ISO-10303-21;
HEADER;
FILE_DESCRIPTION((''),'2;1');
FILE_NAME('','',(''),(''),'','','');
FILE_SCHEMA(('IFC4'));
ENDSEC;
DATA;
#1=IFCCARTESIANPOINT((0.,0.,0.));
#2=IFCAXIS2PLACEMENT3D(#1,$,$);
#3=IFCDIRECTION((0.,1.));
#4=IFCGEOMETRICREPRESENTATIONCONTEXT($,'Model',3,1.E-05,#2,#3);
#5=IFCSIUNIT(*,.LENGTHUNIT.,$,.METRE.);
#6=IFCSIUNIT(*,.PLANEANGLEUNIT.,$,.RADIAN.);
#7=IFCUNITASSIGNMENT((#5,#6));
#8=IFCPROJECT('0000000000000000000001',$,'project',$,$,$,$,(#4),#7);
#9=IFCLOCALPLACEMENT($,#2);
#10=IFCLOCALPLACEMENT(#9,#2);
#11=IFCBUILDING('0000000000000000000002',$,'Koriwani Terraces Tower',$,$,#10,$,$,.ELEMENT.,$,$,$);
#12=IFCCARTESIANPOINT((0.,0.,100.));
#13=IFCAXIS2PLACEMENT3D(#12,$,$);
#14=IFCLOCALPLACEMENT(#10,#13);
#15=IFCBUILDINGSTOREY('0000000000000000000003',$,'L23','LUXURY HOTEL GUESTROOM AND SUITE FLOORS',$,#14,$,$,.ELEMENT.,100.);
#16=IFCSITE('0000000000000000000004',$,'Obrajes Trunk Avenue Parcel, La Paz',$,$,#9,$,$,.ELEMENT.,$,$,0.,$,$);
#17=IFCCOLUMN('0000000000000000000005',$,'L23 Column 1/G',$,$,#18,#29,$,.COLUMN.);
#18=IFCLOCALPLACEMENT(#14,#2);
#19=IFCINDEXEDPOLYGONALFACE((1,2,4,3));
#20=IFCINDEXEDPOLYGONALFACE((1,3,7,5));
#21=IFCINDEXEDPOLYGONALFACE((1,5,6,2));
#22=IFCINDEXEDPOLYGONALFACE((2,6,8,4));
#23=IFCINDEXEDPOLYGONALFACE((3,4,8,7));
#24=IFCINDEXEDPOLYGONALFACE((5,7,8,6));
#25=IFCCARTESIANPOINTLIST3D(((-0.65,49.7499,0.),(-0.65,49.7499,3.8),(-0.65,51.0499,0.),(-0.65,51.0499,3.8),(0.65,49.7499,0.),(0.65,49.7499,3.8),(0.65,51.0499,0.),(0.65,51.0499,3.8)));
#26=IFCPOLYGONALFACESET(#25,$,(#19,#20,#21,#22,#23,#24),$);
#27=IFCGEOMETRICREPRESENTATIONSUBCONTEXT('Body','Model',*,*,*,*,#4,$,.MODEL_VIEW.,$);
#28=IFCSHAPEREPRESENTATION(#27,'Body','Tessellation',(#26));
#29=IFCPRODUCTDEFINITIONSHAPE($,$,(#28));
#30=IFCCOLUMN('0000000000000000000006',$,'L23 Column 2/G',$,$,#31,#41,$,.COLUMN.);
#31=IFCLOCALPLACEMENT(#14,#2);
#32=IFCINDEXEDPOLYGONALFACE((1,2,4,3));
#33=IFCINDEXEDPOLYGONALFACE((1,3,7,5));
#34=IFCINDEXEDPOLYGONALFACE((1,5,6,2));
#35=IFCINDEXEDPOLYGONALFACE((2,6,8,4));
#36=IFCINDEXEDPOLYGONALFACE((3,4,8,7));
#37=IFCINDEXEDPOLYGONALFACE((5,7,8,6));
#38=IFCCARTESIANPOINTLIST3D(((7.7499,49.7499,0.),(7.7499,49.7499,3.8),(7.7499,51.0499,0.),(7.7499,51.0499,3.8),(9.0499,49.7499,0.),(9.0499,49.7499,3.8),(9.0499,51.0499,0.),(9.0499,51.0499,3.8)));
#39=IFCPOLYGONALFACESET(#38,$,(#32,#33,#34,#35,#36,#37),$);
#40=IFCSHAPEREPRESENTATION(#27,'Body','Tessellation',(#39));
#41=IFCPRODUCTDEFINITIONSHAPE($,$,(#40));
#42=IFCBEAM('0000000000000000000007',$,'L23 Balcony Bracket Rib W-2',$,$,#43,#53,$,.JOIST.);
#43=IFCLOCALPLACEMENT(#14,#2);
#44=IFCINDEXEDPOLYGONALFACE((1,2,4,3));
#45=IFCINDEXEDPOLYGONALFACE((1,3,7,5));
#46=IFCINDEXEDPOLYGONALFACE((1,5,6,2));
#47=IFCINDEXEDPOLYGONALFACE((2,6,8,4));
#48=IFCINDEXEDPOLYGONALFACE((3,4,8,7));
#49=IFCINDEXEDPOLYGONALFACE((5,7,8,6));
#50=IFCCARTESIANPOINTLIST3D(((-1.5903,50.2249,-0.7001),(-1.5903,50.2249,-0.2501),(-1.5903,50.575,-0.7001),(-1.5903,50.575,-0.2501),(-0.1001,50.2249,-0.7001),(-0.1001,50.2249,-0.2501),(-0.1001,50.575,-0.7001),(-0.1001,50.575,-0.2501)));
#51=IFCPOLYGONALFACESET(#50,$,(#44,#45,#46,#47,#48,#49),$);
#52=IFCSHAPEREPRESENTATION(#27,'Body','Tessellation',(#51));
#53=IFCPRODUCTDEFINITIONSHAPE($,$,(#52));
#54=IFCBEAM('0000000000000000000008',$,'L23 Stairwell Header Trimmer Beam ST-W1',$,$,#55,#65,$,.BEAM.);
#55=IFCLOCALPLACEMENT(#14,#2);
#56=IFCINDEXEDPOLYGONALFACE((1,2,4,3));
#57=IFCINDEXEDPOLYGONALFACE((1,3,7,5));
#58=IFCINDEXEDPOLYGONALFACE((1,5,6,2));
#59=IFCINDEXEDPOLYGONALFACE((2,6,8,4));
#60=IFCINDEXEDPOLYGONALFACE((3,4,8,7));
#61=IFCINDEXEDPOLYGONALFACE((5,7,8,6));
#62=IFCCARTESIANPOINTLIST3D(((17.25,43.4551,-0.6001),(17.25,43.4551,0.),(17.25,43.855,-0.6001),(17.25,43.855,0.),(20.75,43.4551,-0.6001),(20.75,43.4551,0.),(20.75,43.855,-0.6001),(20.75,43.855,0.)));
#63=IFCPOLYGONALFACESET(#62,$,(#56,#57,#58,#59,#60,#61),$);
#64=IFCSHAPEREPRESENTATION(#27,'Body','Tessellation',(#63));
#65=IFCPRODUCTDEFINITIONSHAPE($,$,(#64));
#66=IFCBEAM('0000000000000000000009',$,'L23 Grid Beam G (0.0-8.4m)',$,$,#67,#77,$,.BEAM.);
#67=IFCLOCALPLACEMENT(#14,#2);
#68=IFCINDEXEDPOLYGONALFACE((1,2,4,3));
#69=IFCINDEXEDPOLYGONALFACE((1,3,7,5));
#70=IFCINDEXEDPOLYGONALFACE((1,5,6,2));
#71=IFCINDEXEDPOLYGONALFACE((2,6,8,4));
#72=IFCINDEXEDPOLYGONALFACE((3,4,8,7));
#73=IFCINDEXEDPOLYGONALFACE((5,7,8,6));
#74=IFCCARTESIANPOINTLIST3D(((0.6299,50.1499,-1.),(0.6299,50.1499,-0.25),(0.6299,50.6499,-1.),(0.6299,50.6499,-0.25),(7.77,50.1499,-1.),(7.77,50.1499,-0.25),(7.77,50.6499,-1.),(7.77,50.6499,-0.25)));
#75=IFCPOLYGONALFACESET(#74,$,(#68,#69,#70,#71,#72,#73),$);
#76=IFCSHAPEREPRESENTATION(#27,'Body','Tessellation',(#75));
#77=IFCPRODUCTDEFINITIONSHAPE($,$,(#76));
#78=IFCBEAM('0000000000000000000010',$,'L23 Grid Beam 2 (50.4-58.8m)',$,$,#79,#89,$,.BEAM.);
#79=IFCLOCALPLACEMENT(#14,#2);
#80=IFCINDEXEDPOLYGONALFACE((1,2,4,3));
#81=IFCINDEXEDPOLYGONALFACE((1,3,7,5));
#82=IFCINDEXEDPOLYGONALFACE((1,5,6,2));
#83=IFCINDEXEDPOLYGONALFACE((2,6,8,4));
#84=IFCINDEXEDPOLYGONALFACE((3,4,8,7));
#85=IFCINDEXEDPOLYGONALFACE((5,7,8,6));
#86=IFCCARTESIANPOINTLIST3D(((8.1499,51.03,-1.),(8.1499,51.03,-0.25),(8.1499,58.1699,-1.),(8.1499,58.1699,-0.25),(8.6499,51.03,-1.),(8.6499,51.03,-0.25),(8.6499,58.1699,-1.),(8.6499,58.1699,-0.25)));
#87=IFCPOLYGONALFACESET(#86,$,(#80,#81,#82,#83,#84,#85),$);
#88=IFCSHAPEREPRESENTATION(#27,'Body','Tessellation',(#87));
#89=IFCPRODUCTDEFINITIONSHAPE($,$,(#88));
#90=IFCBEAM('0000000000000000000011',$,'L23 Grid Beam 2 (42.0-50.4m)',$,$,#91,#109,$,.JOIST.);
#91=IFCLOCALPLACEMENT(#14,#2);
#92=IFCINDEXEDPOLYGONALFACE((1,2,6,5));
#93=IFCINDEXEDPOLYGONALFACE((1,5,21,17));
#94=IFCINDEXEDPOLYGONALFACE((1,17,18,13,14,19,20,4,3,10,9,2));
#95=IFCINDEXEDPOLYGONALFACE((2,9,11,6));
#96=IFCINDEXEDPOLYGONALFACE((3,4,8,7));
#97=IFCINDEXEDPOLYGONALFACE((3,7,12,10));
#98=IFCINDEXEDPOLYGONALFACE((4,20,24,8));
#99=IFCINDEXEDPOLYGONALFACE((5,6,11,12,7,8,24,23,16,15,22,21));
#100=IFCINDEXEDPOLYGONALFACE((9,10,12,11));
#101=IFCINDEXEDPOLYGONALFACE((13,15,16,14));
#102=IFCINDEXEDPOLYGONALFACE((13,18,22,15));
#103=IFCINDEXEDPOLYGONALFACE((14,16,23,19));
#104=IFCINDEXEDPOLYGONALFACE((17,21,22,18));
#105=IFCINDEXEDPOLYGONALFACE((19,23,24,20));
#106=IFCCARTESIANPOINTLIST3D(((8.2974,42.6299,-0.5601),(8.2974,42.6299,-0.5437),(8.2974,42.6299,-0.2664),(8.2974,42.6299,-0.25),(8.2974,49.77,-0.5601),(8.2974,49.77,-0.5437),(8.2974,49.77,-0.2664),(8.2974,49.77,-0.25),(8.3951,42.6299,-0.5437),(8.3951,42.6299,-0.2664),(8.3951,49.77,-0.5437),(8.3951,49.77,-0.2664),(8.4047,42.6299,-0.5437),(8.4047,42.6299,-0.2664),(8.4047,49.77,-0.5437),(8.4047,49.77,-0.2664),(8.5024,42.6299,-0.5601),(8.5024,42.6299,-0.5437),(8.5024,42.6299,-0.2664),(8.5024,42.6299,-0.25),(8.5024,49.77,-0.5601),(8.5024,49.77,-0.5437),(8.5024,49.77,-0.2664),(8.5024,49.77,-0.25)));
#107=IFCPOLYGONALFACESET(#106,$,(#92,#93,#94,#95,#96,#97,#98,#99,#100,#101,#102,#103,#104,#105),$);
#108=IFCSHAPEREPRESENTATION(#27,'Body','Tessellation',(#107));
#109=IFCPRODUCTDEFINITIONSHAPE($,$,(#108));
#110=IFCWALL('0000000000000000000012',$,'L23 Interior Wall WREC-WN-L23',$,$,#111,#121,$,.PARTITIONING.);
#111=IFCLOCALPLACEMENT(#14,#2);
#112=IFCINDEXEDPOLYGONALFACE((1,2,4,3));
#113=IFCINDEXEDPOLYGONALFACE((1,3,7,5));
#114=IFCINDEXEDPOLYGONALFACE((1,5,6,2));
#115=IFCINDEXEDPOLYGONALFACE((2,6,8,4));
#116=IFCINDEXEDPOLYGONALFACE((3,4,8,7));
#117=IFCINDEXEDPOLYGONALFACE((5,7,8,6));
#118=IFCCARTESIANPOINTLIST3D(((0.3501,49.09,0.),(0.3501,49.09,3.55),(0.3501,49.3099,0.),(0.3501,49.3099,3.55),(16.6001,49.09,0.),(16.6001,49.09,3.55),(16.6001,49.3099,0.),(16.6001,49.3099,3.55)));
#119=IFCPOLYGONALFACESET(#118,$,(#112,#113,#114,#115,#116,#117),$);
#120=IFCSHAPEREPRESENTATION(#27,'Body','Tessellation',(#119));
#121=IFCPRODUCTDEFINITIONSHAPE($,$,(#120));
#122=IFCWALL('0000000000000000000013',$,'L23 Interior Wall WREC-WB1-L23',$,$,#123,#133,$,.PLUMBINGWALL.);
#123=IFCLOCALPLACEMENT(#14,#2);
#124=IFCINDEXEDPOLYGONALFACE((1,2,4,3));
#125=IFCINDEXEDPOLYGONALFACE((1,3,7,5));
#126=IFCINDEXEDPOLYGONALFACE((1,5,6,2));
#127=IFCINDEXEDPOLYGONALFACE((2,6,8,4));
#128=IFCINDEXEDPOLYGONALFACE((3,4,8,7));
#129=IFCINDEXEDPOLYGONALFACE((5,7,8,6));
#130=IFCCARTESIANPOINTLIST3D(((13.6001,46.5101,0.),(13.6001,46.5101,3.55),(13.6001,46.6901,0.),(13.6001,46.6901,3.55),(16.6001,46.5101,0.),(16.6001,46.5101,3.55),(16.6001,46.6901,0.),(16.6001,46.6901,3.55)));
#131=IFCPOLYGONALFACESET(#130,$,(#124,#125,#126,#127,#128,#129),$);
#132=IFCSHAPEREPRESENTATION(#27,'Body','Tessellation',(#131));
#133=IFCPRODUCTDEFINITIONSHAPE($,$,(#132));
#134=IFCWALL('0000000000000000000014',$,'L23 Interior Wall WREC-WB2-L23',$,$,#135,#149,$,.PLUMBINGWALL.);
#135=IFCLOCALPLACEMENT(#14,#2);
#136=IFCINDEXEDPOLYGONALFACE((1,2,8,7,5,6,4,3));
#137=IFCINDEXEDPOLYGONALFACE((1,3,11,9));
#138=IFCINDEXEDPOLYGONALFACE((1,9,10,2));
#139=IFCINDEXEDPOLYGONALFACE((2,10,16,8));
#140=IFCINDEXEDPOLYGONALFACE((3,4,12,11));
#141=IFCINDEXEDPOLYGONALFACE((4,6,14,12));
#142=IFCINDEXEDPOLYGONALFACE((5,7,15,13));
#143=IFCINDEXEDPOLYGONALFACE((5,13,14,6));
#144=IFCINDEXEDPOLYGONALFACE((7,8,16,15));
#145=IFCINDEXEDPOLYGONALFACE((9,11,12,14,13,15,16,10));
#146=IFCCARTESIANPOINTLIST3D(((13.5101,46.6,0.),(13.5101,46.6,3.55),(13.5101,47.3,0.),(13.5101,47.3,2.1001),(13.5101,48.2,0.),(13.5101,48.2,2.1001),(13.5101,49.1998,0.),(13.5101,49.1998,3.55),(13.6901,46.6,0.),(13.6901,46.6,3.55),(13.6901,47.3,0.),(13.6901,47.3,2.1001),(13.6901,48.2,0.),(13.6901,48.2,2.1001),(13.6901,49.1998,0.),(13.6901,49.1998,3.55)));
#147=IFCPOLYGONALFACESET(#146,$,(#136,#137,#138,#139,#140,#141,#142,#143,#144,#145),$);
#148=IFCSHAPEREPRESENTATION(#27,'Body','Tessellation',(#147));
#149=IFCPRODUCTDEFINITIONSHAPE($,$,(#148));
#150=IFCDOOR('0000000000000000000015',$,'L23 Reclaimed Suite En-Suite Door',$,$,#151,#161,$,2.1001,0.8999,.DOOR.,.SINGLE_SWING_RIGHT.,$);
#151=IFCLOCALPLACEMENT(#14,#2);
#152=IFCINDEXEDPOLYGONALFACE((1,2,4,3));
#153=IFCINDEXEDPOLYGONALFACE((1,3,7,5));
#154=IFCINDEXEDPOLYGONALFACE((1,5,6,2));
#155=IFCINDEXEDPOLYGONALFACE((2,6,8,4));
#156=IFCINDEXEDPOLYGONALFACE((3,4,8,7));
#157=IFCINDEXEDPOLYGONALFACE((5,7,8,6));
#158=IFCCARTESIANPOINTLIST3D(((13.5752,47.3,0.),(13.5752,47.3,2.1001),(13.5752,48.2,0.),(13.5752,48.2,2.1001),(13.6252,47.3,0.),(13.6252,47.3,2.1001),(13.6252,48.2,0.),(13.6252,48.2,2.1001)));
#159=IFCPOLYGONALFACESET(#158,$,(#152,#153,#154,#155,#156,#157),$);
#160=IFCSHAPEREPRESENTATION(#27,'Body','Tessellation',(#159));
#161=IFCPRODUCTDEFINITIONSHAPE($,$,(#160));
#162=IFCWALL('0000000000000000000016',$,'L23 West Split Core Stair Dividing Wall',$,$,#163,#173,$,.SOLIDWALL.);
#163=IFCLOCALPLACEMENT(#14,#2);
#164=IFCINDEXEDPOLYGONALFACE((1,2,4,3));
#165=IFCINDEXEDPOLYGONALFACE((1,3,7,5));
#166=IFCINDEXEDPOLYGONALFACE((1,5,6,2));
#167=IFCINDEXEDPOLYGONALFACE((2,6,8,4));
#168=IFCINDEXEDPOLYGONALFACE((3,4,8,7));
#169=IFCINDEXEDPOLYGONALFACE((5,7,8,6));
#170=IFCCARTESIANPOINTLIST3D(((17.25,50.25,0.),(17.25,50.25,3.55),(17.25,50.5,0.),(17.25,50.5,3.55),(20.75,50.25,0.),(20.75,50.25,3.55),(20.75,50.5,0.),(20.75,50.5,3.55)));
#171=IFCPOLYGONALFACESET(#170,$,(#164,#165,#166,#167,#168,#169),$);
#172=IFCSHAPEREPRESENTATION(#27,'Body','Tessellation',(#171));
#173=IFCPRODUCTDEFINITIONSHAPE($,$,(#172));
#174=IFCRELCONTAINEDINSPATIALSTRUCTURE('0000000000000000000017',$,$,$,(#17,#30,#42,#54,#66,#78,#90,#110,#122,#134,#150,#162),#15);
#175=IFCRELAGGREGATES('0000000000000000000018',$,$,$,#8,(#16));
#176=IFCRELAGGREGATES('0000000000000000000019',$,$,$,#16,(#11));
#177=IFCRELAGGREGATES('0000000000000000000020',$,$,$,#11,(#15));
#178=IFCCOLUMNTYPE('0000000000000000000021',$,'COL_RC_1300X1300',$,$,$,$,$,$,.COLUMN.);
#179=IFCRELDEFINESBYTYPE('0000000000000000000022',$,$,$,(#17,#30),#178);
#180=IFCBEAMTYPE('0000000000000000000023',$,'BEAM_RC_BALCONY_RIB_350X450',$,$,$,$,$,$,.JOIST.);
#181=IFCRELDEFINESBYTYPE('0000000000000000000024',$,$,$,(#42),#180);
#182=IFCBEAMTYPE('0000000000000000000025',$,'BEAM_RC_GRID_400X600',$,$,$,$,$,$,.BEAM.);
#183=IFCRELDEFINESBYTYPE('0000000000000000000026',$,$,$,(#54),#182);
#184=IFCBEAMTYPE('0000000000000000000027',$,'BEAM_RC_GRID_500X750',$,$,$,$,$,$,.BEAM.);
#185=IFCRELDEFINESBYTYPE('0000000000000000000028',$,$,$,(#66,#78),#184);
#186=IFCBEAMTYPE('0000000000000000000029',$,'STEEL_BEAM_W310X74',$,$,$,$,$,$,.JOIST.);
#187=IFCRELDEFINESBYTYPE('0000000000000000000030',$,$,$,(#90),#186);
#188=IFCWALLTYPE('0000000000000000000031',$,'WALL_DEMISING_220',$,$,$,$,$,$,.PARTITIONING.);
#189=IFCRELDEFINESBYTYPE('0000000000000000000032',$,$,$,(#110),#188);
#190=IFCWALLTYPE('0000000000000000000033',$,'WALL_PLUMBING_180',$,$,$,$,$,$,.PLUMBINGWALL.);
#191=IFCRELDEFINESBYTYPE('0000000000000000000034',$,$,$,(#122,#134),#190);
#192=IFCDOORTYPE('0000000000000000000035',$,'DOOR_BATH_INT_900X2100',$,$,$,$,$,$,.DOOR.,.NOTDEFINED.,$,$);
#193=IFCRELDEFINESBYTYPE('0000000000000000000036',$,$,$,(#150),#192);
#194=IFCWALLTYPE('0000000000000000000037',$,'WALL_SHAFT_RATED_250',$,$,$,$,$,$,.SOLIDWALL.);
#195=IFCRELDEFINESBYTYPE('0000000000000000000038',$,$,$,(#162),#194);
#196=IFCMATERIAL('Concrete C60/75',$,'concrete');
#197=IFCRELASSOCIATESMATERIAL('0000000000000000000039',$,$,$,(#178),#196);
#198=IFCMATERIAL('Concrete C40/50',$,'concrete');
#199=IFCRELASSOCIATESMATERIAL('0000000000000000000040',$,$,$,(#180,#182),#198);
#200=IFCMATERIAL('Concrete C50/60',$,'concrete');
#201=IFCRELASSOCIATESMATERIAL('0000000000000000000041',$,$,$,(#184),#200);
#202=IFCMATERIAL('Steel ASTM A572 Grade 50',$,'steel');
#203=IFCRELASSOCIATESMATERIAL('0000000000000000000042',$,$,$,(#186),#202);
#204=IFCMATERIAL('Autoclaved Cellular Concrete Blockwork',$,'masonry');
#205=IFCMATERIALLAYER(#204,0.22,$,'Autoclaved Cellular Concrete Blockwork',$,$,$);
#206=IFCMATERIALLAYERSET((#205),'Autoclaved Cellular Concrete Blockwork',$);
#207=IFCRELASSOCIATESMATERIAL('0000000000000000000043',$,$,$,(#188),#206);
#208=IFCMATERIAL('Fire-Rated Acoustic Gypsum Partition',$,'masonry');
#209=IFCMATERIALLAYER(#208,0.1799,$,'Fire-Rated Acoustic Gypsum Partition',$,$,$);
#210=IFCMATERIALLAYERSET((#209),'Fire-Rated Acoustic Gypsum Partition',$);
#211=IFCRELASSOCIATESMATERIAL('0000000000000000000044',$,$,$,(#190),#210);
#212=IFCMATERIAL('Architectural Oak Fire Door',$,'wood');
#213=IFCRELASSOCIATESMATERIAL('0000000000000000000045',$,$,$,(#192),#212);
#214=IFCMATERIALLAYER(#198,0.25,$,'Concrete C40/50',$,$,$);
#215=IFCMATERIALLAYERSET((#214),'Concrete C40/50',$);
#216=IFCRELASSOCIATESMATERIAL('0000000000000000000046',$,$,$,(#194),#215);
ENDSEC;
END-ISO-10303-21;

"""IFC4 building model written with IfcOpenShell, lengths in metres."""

from ifc_helpers import new_model, si_unit, direction, frame, frame_2d, origin, origin_2d, place, context, subcontext, project, spatial, rectangle, i_section, extrude, material, layer, layer_set, material_profile, profile_set, type_object, element, fill, save


model = new_model("IFC4")

# Units and contexts
model_context = context("Model", 3, precision=1e-05, world=origin(), true_north=direction((0.0, 1.0)))
body_context = subcontext(model_context, "Body", "Model", "MODEL_VIEW")
ifc_project = project(units=[si_unit("LENGTHUNIT", "METRE"), si_unit("PLANEANGLEUNIT", "RADIAN")], contexts=[model_context])

# Site, building, storey
site_placement = place(None, origin())
site = spatial("IfcSite", under=ifc_project, at=site_placement, Name="Obrajes Trunk Avenue Parcel, La Paz", CompositionType="ELEMENT", RefElevation=0.0)
building_placement = place(site_placement, origin())
building = spatial("IfcBuilding", under=site, at=building_placement, Name="Koriwani Terraces Tower", CompositionType="ELEMENT")
storey_placement = place(building_placement, frame((0.0, 0.0, 100.0)))
storey = spatial("IfcBuildingStorey", under=building, at=storey_placement, Name="L23", Description="LUXURY HOTEL GUESTROOM AND SUITE FLOORS", CompositionType="ELEMENT", Elevation=100.0)

# Columns
ifc_material_1 = material(Name="Concrete C60/75", Category="concrete")
ifc_material_profile_1 = material_profile(ifc_material_1, rectangle(XDim=1.3, YDim=1.3, at=origin_2d()), Name="Concrete C60/75", Category="LoadBearing")
ifc_profile_set_1 = profile_set([ifc_material_profile_1], Name="Concrete C60/75")
column_type = type_object("IfcColumnType", Name="COL_RC_1300X1300", PredefinedType="COLUMN", material=ifc_profile_set_1)
for number, where, z_axis, x_axis, name in (
    (1, (0.0, 50.3999, 0.0), (0.0, 0.0, 1.0), (1.0, 0.0, 0.0), "L23 Column 1/G"),
    (2, (8.3999, 50.3999, 0.0), (0.0, 0.0, 1.0), (1.0, 0.0, 0.0), "L23 Column 2/G"),
):
    element("IfcColumn", number, at=place(storey_placement, frame(where, z_axis=z_axis, x_axis=x_axis)), inside=storey, type_object=column_type, Name=name, PredefinedType="COLUMN", context=body_context, shape_type="SweptSolid", body=[
        extrude(rectangle(XDim=1.3, YDim=1.3, at=origin_2d()), origin(), (0.0, 0.0, 1.0), 3.8),
    ])

# Beams
ifc_material_2 = material(Name="Concrete C40/50", Category="concrete")
ifc_material_profile_2 = material_profile(ifc_material_2, rectangle(XDim=0.3501, YDim=0.45, at=origin_2d()), Name="Concrete C40/50", Category="LoadBearing")
ifc_profile_set_2 = profile_set([ifc_material_profile_2], Name="Concrete C40/50")
beam_type_1 = type_object("IfcBeamType", Name="BEAM_RC_BALCONY_RIB_350X450", PredefinedType="JOIST", material=ifc_profile_set_2)
beam_1_placement = place(storey_placement, frame((-1.5903, 50.3999, -0.4751), z_axis=(1.0, 0.0, 0.0), x_axis=(0.0, 1.0, 0.0)))
element("IfcBeam", 3, at=beam_1_placement, inside=storey, type_object=beam_type_1, Name="L23 Balcony Bracket Rib W-2", PredefinedType="JOIST", context=body_context, shape_type="SweptSolid", body=[
    extrude(rectangle(XDim=0.3501, YDim=0.45, at=origin_2d()), origin(), (0.0, 0.0, 1.0), 1.4902),
])
ifc_material_profile_3 = material_profile(ifc_material_2, rectangle(XDim=0.3999, YDim=0.6001, at=origin_2d()), Name="Concrete C40/50", Category="LoadBearing")
ifc_profile_set_3 = profile_set([ifc_material_profile_3], Name="Concrete C40/50")
beam_type_2 = type_object("IfcBeamType", Name="BEAM_RC_GRID_400X600", PredefinedType="BEAM", material=ifc_profile_set_3)
beam_2_placement = place(storey_placement, frame((17.25, 43.655, -0.3), z_axis=(1.0, 0.0, 0.0), x_axis=(0.0, 1.0, 0.0)))
element("IfcBeam", 4, at=beam_2_placement, inside=storey, type_object=beam_type_2, Name="L23 Stairwell Header Trimmer Beam ST-W1", PredefinedType="BEAM", context=body_context, shape_type="SweptSolid", body=[
    extrude(rectangle(XDim=0.3999, YDim=0.6001, at=origin_2d()), origin(), (0.0, 0.0, 1.0), 3.5),
])
ifc_material_3 = material(Name="Concrete C50/60", Category="concrete")
ifc_material_profile_4 = material_profile(ifc_material_3, rectangle(XDim=0.5, YDim=0.75, at=origin_2d()), Name="Concrete C50/60", Category="LoadBearing")
ifc_profile_set_4 = profile_set([ifc_material_profile_4], Name="Concrete C50/60")
beam_type_3 = type_object("IfcBeamType", Name="BEAM_RC_GRID_500X750", PredefinedType="BEAM", material=ifc_profile_set_4)
beam_3_placement = place(storey_placement, frame((0.6299, 50.3999, -0.625), z_axis=(1.0, 0.0, 0.0), x_axis=(0.0, 1.0, 0.0)))
element("IfcBeam", 5, at=beam_3_placement, inside=storey, type_object=beam_type_3, Name="L23 Grid Beam G (0.0-8.4m)", PredefinedType="BEAM", context=body_context, shape_type="SweptSolid", body=[
    extrude(rectangle(XDim=0.5, YDim=0.75, at=origin_2d()), origin(), (0.0, 0.0, 1.0), 7.1401),
])
beam_4_placement = place(storey_placement, frame((8.3999, 51.03, -0.625), z_axis=(0.0, 1.0, 0.0), x_axis=(-1.0, 0.0, 0.0)))
element("IfcBeam", 6, at=beam_4_placement, inside=storey, type_object=beam_type_3, Name="L23 Grid Beam 2 (50.4-58.8m)", PredefinedType="BEAM", context=body_context, shape_type="SweptSolid", body=[
    extrude(rectangle(XDim=0.5, YDim=0.75, at=origin_2d()), origin(), (0.0, 0.0, 1.0), 7.1399),
])
ifc_material_4 = material(Name="Steel ASTM A572 Grade 50", Category="steel")
ifc_material_profile_5 = material_profile(ifc_material_4, i_section(OverallWidth=0.2051, OverallDepth=0.3101, WebThickness=0.0095, FlangeThickness=0.0164, at=origin_2d()), Name="Steel ASTM A572 Grade 50", Category="LoadBearing")
ifc_profile_set_5 = profile_set([ifc_material_profile_5], Name="Steel ASTM A572 Grade 50")
beam_type_4 = type_object("IfcBeamType", Name="STEEL_BEAM_W310X74", PredefinedType="JOIST", material=ifc_profile_set_5)
beam_5_placement = place(storey_placement, frame((8.3999, 42.6299, -0.405), z_axis=(0.0, 1.0, 0.0), x_axis=(-1.0, 0.0, 0.0)))
element("IfcBeam", 7, at=beam_5_placement, inside=storey, type_object=beam_type_4, Name="L23 Grid Beam 2 (42.0-50.4m)", PredefinedType="JOIST", context=body_context, shape_type="SweptSolid", body=[
    extrude(i_section(OverallWidth=0.2051, OverallDepth=0.3101, WebThickness=0.0095, FlangeThickness=0.0164, at=origin_2d()), origin(), (0.0, 0.0, 1.0), 7.1401),
])

# Walls
ifc_material_5 = material(Name="Autoclaved Cellular Concrete Blockwork", Category="masonry")
ifc_layer_1 = layer(ifc_material_5, 0.22, Name="Autoclaved Cellular Concrete Blockwork")
ifc_layer_set_1 = layer_set([ifc_layer_1], Name="Autoclaved Cellular Concrete Blockwork")
wall_type_1 = type_object("IfcWallType", Name="WALL_DEMISING_220", PredefinedType="PARTITIONING", material=ifc_layer_set_1)
wall_1_placement = place(storey_placement, frame((0.3501, 49.2, 0.0), z_axis=(0.0, 0.0, 1.0), x_axis=(1.0, 0.0, 0.0)))
element("IfcWall", 8, at=wall_1_placement, inside=storey, type_object=wall_type_1, Name="L23 Interior Wall WREC-WN-L23", PredefinedType="PARTITIONING", context=body_context, shape_type="SweptSolid", body=[
    extrude(rectangle(XDim=16.25, YDim=0.22, at=frame_2d((8.125, 0.0))), origin(), (0.0, 0.0, 1.0), 3.55),
])
ifc_material_6 = material(Name="Fire-Rated Acoustic Gypsum Partition", Category="masonry")
ifc_layer_2 = layer(ifc_material_6, 0.1799, Name="Fire-Rated Acoustic Gypsum Partition")
ifc_layer_set_2 = layer_set([ifc_layer_2], Name="Fire-Rated Acoustic Gypsum Partition")
wall_type_2 = type_object("IfcWallType", Name="WALL_PLUMBING_180", PredefinedType="PLUMBINGWALL", material=ifc_layer_set_2)
wall_2_placement = place(storey_placement, frame((13.6001, 46.6001, 0.0), z_axis=(0.0, 0.0, 1.0), x_axis=(1.0, 0.0, 0.0)))
element("IfcWall", 9, at=wall_2_placement, inside=storey, type_object=wall_type_2, Name="L23 Interior Wall WREC-WB1-L23", PredefinedType="PLUMBINGWALL", context=body_context, shape_type="SweptSolid", body=[
    extrude(rectangle(XDim=3.0, YDim=0.1799, at=frame_2d((1.5, 0.0))), origin(), (0.0, 0.0, 1.0), 3.55),
])

# Wall, opening, door
wall_3_placement = place(storey_placement, frame((13.6001, 46.6001, 0.0), z_axis=(0.0, 0.0, 1.0), x_axis=(0.0, 1.0, 0.0)))
wall_3 = element("IfcWall", 10, at=wall_3_placement, inside=storey, type_object=wall_type_2, Name="L23 Interior Wall WREC-WB2-L23", PredefinedType="PLUMBINGWALL", context=body_context, shape_type="SweptSolid", body=[
    extrude(rectangle(XDim=2.5999, YDim=0.1799, at=frame_2d((1.2998, 0.0))), origin(), (0.0, 0.0, 1.0), 3.55),
])
opening_1_placement = place(wall_3_placement, frame((0.7, 0.0, 0.0)))
opening_1 = element("IfcOpeningElement", 11, at=opening_1_placement, cuts=wall_3, PredefinedType="OPENING", context=body_context, shape_type="SweptSolid", body=[
    extrude(rectangle(XDim=0.8999, YDim=2.1001, at=frame_2d((0.45, 1.05))), frame((0.0, 0.1001, 0.0), z_axis=(0.0, -1.0, 0.0), x_axis=(1.0, 0.0, 0.0)), (0.0, 0.0, 1.0), 0.2),
])
ifc_material_7 = material(Name="Architectural Oak Fire Door", Category="wood")
door_type_1 = type_object("IfcDoorType", Name="DOOR_BATH_INT_900X2100", OperationType="NOTDEFINED", PredefinedType="DOOR", material=ifc_material_7)
door_1_placement = place(opening_1_placement, origin())
door_1 = element("IfcDoor", 12, at=door_1_placement, inside=storey, type_object=door_type_1, Name="L23 Reclaimed Suite En-Suite Door", OperationType="SINGLE_SWING_RIGHT", OverallHeight=2.1001, OverallWidth=0.8999, PredefinedType="DOOR", context=body_context, shape_type="SweptSolid", body=[
    extrude(rectangle(XDim=0.8999, YDim=2.1001, at=frame_2d((0.45, 1.05))), frame((0.0, 0.0249, 0.0), z_axis=(0.0, -1.0, 0.0), x_axis=(1.0, 0.0, 0.0)), (0.0, 0.0, 1.0), 0.05),
])
fill(opening_1, door_1)

# Wall
ifc_layer_3 = layer(ifc_material_2, 0.25, Name="Concrete C40/50")
ifc_layer_set_3 = layer_set([ifc_layer_3], Name="Concrete C40/50")
wall_type_3 = type_object("IfcWallType", Name="WALL_SHAFT_RATED_250", PredefinedType="SOLIDWALL", material=ifc_layer_set_3)
wall_4_placement = place(storey_placement, frame((17.25, 50.375, 0.0), z_axis=(0.0, 0.0, 1.0), x_axis=(1.0, 0.0, 0.0)))
element("IfcWall", 13, at=wall_4_placement, inside=storey, type_object=wall_type_3, Name="L23 West Split Core Stair Dividing Wall", PredefinedType="SOLIDWALL", context=body_context, shape_type="SweptSolid", body=[
    extrude(rectangle(XDim=3.5, YDim=0.25, at=frame_2d((1.75, 0.0))), origin(), (0.0, 0.0, 1.0), 3.55),
])

save(model, "model.ifc")
